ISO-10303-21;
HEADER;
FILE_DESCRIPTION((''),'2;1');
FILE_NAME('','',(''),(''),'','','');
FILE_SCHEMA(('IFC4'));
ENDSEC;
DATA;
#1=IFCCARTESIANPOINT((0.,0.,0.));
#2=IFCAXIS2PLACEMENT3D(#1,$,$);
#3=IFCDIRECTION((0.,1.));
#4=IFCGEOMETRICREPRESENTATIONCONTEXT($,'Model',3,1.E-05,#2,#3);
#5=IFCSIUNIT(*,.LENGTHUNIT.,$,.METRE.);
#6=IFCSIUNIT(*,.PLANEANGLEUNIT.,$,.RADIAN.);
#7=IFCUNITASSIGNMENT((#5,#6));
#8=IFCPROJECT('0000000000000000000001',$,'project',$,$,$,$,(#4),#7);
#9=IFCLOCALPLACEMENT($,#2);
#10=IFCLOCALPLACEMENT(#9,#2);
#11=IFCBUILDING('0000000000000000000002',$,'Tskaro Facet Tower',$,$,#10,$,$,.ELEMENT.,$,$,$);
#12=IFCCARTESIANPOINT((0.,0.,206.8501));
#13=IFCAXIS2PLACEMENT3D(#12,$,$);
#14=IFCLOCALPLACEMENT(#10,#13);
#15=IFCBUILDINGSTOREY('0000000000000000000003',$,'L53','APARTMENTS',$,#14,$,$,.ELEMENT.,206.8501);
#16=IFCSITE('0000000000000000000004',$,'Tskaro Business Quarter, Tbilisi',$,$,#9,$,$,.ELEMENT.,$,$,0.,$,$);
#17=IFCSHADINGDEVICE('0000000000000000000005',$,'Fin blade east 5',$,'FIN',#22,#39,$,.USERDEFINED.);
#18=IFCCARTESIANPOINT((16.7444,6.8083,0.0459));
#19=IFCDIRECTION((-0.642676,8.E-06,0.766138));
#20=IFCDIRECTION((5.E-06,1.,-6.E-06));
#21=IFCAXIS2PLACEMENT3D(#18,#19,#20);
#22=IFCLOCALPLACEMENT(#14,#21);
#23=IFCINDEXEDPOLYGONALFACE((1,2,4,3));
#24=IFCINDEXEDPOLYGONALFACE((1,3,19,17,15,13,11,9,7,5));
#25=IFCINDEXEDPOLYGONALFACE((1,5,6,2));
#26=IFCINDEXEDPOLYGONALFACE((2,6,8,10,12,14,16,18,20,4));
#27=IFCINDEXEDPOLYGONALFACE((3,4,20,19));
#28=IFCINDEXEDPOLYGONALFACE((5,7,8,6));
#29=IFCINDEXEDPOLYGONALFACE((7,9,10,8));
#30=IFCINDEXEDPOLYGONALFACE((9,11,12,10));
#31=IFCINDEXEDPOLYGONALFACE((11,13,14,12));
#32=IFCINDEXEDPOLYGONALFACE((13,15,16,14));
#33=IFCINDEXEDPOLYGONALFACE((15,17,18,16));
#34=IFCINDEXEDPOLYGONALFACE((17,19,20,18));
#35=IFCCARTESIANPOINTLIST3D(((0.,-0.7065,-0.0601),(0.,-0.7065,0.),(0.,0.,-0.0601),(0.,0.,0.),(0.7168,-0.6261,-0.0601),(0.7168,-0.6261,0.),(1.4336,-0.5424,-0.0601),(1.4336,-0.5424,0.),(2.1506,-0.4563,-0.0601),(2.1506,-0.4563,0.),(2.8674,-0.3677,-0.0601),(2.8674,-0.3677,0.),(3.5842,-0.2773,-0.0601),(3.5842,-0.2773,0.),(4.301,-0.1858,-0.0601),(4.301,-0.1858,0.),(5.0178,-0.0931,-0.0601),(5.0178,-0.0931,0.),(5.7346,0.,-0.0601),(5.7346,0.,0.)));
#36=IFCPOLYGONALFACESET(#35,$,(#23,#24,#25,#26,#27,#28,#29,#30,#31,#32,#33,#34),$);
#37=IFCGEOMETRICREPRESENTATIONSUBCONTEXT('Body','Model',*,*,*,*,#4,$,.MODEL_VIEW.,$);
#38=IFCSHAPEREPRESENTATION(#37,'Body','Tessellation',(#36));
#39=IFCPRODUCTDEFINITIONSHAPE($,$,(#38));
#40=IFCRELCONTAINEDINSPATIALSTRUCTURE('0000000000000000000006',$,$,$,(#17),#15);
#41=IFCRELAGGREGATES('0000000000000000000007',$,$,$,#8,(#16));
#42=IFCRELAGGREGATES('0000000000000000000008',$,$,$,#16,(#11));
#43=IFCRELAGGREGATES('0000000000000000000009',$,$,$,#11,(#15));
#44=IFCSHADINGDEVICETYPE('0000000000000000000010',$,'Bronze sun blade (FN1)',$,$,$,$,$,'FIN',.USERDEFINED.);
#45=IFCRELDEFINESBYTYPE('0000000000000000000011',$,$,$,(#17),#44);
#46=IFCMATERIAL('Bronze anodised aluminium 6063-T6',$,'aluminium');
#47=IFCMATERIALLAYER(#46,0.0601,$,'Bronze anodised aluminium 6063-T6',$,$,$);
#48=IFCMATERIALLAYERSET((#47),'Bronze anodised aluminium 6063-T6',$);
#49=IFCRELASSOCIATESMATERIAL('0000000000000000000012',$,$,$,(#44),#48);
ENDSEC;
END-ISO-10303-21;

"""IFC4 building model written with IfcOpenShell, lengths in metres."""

from ifc_helpers import new_model, si_unit, direction, frame, origin, place, context, subcontext, project, spatial, polyline, outline, extrude, material, layer, layer_set, type_object, element, save


model = new_model("IFC4")

# Units and contexts
model_context = context("Model", 3, precision=1e-05, world=origin(), true_north=direction((0.0, 1.0)))
body_context = subcontext(model_context, "Body", "Model", "MODEL_VIEW")
ifc_project = project(units=[si_unit("LENGTHUNIT", "METRE"), si_unit("PLANEANGLEUNIT", "RADIAN")], contexts=[model_context])

# Site, building, storey
site_placement = place(None, origin())
site = spatial("IfcSite", under=ifc_project, at=site_placement, Name="Tskaro Business Quarter, Tbilisi", CompositionType="ELEMENT", RefElevation=0.0)
building_placement = place(site_placement, origin())
building = spatial("IfcBuilding", under=site, at=building_placement, Name="Tskaro Facet Tower", CompositionType="ELEMENT")
storey_placement = place(building_placement, frame((0.0, 0.0, 206.8501)))
storey = spatial("IfcBuildingStorey", under=building, at=storey_placement, Name="L53", Description="APARTMENTS", CompositionType="ELEMENT", Elevation=206.8501)

# Shared definitions
ifc_material_1 = material(Name="Bronze anodised aluminium 6063-T6", Category="aluminium")

# Shading device
ifc_layer_1 = layer(ifc_material_1, 0.0601, Name="Bronze anodised aluminium 6063-T6")
ifc_layer_set_1 = layer_set([ifc_layer_1], Name="Bronze anodised aluminium 6063-T6")
shading_device_type = type_object("IfcShadingDeviceType", Name="Bronze sun blade (FN1)", ElementType="FIN", PredefinedType="USERDEFINED", material=ifc_layer_set_1)
shading_device_1_placement = place(storey_placement, frame((16.7444, 6.8083, 0.0459), z_axis=(-0.642676, 0.000008, 0.766138), x_axis=(0.000005, 1.0, -0.000006)))
element("IfcShadingDevice", 1, at=shading_device_1_placement, inside=storey, type_object=shading_device_type, Name="Fin blade east 5", ObjectType="FIN", PredefinedType="USERDEFINED", context=body_context, shape_type="SweptSolid", body=[
    extrude(outline(polyline([(0.0, 0.0), (5.7346, 0.0), (5.0178, -0.0931), (4.301, -0.1858), (3.5842, -0.2773), (2.8674, -0.3677), (2.1506, -0.4563), (1.4336, -0.5424), (0.7168, -0.6261), (0.0, -0.7065), (0.0, 0.0)])), origin(), (0.0, 0.0, -1.0), 0.0601),
])

save(model, "model.ifc")
